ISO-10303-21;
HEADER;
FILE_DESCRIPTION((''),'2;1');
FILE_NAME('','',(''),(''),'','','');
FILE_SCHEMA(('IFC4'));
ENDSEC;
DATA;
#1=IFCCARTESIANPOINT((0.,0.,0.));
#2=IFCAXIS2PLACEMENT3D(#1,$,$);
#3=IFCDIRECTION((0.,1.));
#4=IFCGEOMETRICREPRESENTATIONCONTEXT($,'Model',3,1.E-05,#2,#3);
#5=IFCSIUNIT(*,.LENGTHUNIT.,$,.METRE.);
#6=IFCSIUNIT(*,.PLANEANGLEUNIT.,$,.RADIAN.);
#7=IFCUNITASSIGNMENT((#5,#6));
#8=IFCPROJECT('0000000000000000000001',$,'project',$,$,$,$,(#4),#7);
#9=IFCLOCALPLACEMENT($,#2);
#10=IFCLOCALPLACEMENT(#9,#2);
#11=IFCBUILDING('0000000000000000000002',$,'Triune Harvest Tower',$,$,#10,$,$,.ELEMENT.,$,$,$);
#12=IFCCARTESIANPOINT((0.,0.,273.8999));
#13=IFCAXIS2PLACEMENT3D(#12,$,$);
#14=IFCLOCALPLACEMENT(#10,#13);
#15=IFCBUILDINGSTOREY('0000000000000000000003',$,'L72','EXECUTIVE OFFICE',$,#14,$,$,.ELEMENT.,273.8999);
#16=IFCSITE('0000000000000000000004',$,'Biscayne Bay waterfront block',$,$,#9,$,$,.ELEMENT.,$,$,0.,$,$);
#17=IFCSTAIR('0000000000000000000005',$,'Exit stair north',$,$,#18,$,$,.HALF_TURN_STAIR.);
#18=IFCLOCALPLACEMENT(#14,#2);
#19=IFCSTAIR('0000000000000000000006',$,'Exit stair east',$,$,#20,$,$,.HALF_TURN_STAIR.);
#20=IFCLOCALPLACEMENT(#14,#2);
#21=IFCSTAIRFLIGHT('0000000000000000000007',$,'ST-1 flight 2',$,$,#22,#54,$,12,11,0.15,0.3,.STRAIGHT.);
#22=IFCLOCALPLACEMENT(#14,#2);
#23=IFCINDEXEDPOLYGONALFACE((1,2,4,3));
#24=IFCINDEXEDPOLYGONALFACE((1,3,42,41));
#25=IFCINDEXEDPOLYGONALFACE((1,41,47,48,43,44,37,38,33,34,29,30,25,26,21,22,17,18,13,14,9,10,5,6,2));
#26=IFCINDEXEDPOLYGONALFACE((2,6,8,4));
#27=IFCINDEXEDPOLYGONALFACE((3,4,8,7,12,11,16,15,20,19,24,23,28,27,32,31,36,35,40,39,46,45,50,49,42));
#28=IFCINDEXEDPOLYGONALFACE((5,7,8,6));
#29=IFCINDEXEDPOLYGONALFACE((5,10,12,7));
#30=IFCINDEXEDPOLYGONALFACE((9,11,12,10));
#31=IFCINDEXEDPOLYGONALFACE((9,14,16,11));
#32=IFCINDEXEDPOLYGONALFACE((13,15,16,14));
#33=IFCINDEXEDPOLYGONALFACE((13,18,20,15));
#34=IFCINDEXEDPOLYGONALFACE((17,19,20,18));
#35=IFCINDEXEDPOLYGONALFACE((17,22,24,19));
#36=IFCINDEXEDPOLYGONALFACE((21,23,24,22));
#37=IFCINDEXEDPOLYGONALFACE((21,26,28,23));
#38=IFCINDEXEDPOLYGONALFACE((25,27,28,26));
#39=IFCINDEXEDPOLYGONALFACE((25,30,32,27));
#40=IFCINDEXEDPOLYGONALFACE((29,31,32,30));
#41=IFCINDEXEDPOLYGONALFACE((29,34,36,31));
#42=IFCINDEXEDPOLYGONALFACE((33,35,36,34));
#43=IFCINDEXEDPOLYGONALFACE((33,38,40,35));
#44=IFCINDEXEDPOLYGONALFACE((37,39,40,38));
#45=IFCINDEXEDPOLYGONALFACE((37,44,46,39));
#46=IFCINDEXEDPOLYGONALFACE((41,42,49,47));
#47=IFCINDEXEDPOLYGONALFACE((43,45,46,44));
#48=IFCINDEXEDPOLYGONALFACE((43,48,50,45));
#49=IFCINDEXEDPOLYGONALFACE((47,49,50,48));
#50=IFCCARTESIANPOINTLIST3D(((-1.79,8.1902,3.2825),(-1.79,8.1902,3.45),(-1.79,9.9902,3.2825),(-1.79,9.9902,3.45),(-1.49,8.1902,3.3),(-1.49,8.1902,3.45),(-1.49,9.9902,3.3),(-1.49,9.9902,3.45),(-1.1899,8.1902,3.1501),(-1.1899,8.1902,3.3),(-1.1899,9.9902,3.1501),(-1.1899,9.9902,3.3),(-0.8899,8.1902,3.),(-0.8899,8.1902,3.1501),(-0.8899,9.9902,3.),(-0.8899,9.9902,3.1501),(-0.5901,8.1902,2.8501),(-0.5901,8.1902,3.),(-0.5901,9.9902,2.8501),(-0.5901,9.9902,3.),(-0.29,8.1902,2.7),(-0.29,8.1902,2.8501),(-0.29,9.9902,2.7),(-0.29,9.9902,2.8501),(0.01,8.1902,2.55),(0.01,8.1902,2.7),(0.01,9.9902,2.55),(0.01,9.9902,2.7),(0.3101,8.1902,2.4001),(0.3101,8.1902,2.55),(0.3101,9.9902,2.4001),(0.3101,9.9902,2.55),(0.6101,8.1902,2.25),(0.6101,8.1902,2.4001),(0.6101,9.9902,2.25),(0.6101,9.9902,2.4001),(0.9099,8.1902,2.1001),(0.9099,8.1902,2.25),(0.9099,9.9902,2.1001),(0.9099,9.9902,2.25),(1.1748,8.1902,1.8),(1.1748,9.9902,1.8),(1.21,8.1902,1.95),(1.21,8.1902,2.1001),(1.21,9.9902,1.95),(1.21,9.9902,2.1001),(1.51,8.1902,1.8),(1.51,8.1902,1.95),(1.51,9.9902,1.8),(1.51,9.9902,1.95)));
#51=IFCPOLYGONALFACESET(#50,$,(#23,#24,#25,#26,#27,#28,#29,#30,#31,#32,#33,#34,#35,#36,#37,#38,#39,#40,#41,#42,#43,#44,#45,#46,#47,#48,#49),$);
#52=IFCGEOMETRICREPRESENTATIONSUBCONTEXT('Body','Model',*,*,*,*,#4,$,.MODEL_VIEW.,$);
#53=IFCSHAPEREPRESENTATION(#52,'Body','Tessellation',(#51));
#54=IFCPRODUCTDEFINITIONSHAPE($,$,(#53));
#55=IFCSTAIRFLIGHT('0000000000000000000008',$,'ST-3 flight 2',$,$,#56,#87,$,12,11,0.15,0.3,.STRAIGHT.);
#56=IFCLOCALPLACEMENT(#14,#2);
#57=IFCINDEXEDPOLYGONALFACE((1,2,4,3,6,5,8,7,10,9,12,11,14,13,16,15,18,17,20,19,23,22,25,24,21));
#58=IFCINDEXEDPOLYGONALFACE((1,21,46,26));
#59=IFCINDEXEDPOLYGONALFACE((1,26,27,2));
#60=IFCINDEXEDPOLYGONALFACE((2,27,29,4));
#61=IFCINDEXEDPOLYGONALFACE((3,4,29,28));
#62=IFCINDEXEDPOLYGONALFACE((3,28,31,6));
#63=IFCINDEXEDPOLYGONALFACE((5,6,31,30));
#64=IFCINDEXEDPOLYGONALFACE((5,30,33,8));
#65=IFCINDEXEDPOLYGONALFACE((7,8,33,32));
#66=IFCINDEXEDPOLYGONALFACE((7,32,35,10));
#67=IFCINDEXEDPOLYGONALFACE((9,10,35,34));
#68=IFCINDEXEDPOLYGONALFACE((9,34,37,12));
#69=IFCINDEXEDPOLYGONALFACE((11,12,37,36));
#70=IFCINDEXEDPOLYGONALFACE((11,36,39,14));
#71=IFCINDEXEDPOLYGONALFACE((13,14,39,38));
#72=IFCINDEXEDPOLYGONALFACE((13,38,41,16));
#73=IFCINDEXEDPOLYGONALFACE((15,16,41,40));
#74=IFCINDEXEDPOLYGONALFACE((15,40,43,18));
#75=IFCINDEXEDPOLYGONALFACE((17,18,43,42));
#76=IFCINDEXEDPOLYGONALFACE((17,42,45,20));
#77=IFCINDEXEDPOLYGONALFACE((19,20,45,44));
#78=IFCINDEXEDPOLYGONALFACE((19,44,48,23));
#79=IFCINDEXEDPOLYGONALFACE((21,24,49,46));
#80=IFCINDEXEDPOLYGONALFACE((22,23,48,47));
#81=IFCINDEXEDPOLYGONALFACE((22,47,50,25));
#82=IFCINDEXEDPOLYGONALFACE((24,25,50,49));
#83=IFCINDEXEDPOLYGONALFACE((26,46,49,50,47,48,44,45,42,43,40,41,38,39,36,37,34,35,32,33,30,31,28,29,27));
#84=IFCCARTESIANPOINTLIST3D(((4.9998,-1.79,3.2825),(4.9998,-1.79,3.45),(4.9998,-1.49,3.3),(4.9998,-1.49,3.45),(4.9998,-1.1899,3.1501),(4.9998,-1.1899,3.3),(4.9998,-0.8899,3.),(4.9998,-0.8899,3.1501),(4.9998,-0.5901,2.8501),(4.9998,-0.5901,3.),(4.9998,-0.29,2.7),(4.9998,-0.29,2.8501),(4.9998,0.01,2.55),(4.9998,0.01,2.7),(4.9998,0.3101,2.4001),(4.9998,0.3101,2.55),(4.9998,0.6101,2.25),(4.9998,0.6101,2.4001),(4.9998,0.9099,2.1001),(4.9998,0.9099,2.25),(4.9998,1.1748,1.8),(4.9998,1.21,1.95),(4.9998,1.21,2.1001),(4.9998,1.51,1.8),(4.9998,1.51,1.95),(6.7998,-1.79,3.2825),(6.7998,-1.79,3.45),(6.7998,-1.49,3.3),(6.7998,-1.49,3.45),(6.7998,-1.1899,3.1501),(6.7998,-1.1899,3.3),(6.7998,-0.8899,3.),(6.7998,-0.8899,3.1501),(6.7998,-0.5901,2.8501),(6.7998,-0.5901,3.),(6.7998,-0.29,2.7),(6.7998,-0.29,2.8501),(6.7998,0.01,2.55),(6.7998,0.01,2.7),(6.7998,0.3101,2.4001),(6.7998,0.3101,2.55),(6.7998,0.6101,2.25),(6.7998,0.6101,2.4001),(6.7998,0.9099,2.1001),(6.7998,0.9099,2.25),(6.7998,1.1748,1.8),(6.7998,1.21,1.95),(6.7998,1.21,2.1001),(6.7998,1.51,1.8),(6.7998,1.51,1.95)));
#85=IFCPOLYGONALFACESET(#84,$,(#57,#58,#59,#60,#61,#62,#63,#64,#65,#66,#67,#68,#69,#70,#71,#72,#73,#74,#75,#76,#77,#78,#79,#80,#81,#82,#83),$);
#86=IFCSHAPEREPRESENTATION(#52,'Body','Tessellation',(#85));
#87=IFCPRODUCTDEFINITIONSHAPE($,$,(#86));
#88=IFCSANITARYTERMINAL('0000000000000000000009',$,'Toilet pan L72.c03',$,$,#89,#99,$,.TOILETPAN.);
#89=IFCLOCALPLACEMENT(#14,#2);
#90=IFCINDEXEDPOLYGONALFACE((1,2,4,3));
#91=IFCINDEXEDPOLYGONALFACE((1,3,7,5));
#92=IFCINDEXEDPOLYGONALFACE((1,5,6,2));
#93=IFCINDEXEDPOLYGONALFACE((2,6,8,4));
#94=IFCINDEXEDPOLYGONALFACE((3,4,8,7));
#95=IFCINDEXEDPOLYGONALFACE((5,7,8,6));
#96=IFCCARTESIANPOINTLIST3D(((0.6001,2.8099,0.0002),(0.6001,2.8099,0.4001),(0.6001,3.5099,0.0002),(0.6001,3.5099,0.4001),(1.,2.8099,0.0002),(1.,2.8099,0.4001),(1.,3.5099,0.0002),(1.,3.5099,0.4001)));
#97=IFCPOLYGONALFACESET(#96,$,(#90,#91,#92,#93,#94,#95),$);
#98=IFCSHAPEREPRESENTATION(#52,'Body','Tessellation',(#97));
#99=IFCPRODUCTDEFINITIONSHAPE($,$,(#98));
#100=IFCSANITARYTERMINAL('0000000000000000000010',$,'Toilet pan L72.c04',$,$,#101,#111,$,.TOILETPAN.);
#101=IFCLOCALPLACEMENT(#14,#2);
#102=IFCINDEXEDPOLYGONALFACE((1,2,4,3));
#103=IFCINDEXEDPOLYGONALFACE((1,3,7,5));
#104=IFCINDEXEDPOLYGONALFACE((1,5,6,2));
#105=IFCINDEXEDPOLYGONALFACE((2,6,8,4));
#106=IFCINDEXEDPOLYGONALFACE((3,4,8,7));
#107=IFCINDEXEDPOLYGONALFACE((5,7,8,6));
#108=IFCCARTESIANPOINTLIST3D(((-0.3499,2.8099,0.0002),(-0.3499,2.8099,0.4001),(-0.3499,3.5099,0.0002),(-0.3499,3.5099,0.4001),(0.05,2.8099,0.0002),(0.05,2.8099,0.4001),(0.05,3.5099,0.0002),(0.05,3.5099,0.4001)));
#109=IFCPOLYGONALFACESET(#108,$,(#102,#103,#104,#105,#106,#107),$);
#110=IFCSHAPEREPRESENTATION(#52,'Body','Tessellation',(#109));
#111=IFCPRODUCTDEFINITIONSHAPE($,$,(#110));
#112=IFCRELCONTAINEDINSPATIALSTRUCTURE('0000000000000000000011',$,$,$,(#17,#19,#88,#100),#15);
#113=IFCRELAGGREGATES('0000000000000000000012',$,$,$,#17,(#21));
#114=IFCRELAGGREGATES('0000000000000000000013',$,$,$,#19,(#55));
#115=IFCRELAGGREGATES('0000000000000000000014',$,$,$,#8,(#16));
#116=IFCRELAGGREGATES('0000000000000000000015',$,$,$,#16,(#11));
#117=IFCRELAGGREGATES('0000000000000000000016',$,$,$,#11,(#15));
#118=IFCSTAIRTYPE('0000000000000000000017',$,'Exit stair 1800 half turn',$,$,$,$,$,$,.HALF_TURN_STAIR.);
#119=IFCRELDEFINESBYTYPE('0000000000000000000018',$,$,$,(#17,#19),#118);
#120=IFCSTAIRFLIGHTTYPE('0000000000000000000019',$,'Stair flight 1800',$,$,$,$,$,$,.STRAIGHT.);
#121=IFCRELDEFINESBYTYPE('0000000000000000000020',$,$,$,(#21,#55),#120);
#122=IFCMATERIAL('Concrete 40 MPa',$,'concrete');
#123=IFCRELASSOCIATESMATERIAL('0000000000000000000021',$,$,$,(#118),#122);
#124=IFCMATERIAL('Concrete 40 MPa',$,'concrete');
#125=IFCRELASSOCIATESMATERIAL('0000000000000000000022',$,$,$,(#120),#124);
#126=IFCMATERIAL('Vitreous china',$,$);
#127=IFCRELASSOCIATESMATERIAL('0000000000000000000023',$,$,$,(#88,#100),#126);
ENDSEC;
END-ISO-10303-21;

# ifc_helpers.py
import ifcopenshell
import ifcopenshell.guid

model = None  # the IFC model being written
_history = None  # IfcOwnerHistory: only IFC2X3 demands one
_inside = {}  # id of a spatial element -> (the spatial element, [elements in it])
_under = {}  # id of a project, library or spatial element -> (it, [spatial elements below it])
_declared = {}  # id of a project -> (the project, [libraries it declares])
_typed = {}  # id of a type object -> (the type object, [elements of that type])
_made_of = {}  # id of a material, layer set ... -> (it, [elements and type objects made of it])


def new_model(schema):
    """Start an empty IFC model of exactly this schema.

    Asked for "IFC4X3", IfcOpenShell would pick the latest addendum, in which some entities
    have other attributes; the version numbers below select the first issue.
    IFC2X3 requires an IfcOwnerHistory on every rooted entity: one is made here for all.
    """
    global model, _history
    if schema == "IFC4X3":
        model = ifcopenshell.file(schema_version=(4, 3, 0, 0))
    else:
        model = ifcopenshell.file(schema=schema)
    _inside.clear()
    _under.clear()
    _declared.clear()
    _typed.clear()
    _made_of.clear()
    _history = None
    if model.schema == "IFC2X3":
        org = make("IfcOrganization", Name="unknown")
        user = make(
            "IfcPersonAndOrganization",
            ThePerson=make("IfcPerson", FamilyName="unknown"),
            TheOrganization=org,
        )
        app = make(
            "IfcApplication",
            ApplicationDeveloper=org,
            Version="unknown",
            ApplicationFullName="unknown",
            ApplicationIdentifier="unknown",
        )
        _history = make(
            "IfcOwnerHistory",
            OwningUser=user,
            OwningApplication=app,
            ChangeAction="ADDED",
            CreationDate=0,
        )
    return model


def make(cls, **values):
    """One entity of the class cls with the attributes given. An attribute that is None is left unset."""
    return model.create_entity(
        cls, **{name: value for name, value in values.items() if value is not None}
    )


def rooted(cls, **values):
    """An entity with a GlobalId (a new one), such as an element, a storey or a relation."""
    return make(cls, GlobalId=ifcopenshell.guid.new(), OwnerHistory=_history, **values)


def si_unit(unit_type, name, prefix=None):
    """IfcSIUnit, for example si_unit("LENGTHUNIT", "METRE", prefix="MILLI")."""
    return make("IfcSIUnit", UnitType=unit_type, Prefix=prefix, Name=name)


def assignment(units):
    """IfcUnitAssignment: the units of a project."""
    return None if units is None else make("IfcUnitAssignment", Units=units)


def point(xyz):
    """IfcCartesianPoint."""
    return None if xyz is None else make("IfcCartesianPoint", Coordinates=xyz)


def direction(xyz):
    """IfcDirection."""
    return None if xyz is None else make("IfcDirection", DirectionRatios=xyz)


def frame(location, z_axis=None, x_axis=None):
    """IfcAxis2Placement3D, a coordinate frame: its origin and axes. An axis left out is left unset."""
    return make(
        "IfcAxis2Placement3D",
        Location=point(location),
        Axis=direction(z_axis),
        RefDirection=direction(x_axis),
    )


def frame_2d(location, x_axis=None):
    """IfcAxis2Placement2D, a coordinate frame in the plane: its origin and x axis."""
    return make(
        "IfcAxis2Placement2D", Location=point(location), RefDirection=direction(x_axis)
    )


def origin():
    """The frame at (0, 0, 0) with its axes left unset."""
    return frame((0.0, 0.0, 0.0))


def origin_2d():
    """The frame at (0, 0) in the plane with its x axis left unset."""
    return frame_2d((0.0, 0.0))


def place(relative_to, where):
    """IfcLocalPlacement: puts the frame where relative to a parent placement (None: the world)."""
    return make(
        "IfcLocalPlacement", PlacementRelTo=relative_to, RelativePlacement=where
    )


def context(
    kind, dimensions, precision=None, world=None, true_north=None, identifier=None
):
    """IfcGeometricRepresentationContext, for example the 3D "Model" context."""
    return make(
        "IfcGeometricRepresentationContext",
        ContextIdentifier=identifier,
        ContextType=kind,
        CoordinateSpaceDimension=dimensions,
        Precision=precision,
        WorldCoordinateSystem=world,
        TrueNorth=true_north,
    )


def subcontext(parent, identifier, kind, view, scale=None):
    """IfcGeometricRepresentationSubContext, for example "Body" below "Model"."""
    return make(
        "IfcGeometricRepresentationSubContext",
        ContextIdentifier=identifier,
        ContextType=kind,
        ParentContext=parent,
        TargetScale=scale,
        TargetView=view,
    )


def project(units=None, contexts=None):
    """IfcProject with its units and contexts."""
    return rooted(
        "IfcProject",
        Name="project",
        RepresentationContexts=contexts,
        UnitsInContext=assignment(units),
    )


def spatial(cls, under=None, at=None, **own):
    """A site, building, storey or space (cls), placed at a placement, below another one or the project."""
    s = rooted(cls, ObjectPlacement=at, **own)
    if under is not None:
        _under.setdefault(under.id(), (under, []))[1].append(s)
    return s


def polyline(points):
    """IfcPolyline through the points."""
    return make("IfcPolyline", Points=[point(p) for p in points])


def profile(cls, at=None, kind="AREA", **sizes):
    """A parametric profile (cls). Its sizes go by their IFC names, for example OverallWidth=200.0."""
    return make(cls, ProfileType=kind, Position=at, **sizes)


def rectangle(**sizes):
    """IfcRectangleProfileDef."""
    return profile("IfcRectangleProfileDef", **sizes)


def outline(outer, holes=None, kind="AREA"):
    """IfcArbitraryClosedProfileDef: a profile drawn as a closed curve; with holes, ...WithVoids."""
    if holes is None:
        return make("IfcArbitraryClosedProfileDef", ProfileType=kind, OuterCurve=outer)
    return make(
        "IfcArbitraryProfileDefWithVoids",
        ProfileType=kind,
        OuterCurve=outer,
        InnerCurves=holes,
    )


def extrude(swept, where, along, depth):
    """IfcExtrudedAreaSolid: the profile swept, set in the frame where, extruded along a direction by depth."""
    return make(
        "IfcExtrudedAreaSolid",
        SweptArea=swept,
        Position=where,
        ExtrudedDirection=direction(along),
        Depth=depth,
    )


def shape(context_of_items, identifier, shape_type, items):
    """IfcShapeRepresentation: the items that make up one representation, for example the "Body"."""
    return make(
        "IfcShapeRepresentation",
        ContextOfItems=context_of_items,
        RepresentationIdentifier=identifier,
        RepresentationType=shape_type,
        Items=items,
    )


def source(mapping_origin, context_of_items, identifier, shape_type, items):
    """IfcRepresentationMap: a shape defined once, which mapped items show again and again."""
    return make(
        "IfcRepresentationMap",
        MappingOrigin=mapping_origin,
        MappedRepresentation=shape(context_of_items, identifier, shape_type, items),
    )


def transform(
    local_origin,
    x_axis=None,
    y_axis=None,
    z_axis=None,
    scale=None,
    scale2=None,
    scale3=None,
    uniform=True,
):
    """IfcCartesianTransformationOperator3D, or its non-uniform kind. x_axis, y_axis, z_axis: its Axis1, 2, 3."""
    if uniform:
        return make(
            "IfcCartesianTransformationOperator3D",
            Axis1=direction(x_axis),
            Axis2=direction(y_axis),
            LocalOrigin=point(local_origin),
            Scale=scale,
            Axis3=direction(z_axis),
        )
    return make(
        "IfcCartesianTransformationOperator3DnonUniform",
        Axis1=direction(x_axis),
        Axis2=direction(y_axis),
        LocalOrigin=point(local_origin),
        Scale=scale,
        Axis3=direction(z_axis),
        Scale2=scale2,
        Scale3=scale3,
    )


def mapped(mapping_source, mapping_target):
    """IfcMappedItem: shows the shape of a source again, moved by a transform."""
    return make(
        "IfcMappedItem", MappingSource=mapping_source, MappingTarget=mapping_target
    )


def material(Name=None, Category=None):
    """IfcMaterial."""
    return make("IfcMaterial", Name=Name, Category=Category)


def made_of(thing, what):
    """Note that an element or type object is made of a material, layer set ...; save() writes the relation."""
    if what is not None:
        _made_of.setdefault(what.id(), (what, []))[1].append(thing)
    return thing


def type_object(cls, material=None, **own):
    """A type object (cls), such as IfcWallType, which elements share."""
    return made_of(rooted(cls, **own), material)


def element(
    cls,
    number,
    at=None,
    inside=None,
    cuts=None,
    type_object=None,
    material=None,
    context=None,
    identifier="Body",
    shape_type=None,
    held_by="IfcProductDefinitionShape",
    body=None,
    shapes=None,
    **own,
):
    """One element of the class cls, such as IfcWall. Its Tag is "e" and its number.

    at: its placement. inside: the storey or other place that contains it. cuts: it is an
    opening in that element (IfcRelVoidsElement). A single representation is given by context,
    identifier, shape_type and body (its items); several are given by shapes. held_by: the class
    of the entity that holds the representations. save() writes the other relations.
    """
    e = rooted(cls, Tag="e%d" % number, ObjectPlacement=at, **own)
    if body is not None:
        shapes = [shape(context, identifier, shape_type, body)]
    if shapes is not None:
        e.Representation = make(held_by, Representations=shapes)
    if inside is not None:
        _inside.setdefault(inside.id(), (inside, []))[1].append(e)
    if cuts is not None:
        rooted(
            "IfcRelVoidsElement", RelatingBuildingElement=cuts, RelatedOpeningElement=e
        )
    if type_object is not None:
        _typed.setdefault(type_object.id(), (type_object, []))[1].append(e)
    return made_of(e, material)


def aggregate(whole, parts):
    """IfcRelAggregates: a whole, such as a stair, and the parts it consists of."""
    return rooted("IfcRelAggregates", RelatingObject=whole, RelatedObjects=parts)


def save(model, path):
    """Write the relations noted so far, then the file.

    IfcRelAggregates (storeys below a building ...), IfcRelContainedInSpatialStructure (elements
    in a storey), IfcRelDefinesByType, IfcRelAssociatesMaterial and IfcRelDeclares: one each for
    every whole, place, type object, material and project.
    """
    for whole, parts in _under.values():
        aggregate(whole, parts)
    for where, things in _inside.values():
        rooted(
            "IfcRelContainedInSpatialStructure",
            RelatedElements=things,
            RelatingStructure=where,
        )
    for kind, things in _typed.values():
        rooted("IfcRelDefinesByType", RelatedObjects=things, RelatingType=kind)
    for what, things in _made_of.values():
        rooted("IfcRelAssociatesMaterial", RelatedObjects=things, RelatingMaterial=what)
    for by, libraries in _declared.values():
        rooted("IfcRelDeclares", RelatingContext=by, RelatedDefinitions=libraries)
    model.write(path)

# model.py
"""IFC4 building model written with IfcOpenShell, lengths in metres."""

from ifc_helpers import new_model, si_unit, direction, frame, origin, origin_2d, place, context, subcontext, project, spatial, polyline, rectangle, outline, extrude, source, transform, mapped, material, type_object, element, aggregate, save


model = new_model("IFC4")

# Units and contexts
model_context = context("Model", 3, precision=1e-05, world=origin(), true_north=direction((0.0, 1.0)))
body_context = subcontext(model_context, "Body", "Model", "MODEL_VIEW")
ifc_project = project(units=[si_unit("LENGTHUNIT", "METRE"), si_unit("PLANEANGLEUNIT", "RADIAN")], contexts=[model_context])

# Site, building, storey
site_placement = place(None, origin())
site = spatial("IfcSite", under=ifc_project, at=site_placement, Name="Biscayne Bay waterfront block", CompositionType="ELEMENT", RefElevation=0.0)
building_placement = place(site_placement, origin())
building = spatial("IfcBuilding", under=site, at=building_placement, Name="Triune Harvest Tower", CompositionType="ELEMENT")
storey_placement = place(building_placement, frame((0.0, 0.0, 273.8999)))
storey = spatial("IfcBuildingStorey", under=building, at=storey_placement, Name="L72", Description="EXECUTIVE OFFICE", CompositionType="ELEMENT", Elevation=273.8999)

# Stairs
ifc_material_1 = material(Name="Concrete 40 MPa", Category="concrete")
stair_type = type_object("IfcStairType", Name="Exit stair 1800 half turn", PredefinedType="HALF_TURN_STAIR", material=ifc_material_1)
stair_1_placement = place(storey_placement, origin())
stair_1 = element("IfcStair", 1, at=stair_1_placement, inside=storey, type_object=stair_type, Name="Exit stair north", PredefinedType="HALF_TURN_STAIR")
stair_2_placement = place(storey_placement, origin())
stair_2 = element("IfcStair", 2, at=stair_2_placement, inside=storey, type_object=stair_type, Name="Exit stair east", PredefinedType="HALF_TURN_STAIR")

# Stair flights
ifc_material_2 = material(Name="Concrete 40 MPa", Category="concrete")
stair_flight_type = type_object("IfcStairFlightType", Name="Stair flight 1800", PredefinedType="STRAIGHT", material=ifc_material_2)
shared_shape_1 = source(origin(), body_context, "Body", "SweptSolid", [
    extrude(outline(polyline([(0.0, 0.0), (0.0, 0.1499), (0.3, 0.1499), (0.3, 0.3), (0.6001, 0.3), (0.6001, 0.45), (0.8999, 0.45), (0.8999, 0.6001), (1.2, 0.6001), (1.2, 0.75), (1.5, 0.75), (1.5, 0.8999), (1.8, 0.8999), (1.8, 1.05), (2.1001, 1.05), (2.1001, 1.2), (2.3999, 1.2), (2.3999, 1.3501), (2.7, 1.3501), (2.7, 1.5), (3.0, 1.5), (3.0, 1.6499), (3.3, 1.6499), (3.3, 1.8), (3.3, 1.4824), (0.3352, 0.0), (0.0, 0.0)])), frame((0.0, 0.8999, 0.0), z_axis=(0.0, -1.0, 0.0), x_axis=(1.0, 0.0, 0.0)), (0.0, 0.0, 1.0), 1.8),
])
stair_flight_1_placement = place(storey_placement, frame((1.51, 9.0901, 1.8), z_axis=(0.0, 0.0, 1.0), x_axis=(-1.0, 0.0, 0.0)))
stair_flight_1 = element("IfcStairFlight", 3, at=stair_flight_1_placement, type_object=stair_flight_type, Name="ST-1 flight 2", NumberOfRisers=12, NumberOfTreads=11, PredefinedType="STRAIGHT", RiserHeight=0.15, TreadLength=0.3, context=body_context, shape_type="MappedRepresentation", body=[
    mapped(shared_shape_1, transform((0.0, 0.0, 0.0), scale=1.0)),
])
aggregate(stair_1, [stair_flight_1])
stair_flight_2_placement = place(storey_placement, frame((5.8999, 1.51, 1.8), z_axis=(0.0, 0.0, 1.0), x_axis=(0.0, -1.0, 0.0)))
stair_flight_2 = element("IfcStairFlight", 4, at=stair_flight_2_placement, type_object=stair_flight_type, Name="ST-3 flight 2", NumberOfRisers=12, NumberOfTreads=11, PredefinedType="STRAIGHT", RiserHeight=0.15, TreadLength=0.3, context=body_context, shape_type="MappedRepresentation", body=[
    mapped(shared_shape_1, transform((0.0, 0.0, 0.0), scale=1.0)),
])
aggregate(stair_2, [stair_flight_2])

# Sanitary terminals
ifc_material_3 = material(Name="Vitreous china")
shared_shape_2 = source(origin(), body_context, "Body", "SweptSolid", [
    extrude(rectangle(XDim=0.3999, YDim=0.7, at=origin_2d()), origin(), (0.0, 0.0, 1.0), 0.3999),
])
for number, where, z_axis, x_axis, name in (
    (5, (0.8, 3.1599, 0.0002), (0.0, 0.0, 1.0), (-1.0, 0.0, 0.0), "Toilet pan L72.c03"),
    (6, (-0.1499, 3.1599, 0.0002), (0.0, 0.0, 1.0), (-1.0, 0.0, 0.0), "Toilet pan L72.c04"),
):
    element("IfcSanitaryTerminal", number, at=place(storey_placement, frame(where, z_axis=z_axis, x_axis=x_axis)), inside=storey, material=ifc_material_3, Name=name, PredefinedType="TOILETPAN", context=body_context, shape_type="MappedRepresentation", body=[
        mapped(shared_shape_2, transform((0.0, 0.0, 0.0), scale=1.0)),
    ])

save(model, "model.ifc")
